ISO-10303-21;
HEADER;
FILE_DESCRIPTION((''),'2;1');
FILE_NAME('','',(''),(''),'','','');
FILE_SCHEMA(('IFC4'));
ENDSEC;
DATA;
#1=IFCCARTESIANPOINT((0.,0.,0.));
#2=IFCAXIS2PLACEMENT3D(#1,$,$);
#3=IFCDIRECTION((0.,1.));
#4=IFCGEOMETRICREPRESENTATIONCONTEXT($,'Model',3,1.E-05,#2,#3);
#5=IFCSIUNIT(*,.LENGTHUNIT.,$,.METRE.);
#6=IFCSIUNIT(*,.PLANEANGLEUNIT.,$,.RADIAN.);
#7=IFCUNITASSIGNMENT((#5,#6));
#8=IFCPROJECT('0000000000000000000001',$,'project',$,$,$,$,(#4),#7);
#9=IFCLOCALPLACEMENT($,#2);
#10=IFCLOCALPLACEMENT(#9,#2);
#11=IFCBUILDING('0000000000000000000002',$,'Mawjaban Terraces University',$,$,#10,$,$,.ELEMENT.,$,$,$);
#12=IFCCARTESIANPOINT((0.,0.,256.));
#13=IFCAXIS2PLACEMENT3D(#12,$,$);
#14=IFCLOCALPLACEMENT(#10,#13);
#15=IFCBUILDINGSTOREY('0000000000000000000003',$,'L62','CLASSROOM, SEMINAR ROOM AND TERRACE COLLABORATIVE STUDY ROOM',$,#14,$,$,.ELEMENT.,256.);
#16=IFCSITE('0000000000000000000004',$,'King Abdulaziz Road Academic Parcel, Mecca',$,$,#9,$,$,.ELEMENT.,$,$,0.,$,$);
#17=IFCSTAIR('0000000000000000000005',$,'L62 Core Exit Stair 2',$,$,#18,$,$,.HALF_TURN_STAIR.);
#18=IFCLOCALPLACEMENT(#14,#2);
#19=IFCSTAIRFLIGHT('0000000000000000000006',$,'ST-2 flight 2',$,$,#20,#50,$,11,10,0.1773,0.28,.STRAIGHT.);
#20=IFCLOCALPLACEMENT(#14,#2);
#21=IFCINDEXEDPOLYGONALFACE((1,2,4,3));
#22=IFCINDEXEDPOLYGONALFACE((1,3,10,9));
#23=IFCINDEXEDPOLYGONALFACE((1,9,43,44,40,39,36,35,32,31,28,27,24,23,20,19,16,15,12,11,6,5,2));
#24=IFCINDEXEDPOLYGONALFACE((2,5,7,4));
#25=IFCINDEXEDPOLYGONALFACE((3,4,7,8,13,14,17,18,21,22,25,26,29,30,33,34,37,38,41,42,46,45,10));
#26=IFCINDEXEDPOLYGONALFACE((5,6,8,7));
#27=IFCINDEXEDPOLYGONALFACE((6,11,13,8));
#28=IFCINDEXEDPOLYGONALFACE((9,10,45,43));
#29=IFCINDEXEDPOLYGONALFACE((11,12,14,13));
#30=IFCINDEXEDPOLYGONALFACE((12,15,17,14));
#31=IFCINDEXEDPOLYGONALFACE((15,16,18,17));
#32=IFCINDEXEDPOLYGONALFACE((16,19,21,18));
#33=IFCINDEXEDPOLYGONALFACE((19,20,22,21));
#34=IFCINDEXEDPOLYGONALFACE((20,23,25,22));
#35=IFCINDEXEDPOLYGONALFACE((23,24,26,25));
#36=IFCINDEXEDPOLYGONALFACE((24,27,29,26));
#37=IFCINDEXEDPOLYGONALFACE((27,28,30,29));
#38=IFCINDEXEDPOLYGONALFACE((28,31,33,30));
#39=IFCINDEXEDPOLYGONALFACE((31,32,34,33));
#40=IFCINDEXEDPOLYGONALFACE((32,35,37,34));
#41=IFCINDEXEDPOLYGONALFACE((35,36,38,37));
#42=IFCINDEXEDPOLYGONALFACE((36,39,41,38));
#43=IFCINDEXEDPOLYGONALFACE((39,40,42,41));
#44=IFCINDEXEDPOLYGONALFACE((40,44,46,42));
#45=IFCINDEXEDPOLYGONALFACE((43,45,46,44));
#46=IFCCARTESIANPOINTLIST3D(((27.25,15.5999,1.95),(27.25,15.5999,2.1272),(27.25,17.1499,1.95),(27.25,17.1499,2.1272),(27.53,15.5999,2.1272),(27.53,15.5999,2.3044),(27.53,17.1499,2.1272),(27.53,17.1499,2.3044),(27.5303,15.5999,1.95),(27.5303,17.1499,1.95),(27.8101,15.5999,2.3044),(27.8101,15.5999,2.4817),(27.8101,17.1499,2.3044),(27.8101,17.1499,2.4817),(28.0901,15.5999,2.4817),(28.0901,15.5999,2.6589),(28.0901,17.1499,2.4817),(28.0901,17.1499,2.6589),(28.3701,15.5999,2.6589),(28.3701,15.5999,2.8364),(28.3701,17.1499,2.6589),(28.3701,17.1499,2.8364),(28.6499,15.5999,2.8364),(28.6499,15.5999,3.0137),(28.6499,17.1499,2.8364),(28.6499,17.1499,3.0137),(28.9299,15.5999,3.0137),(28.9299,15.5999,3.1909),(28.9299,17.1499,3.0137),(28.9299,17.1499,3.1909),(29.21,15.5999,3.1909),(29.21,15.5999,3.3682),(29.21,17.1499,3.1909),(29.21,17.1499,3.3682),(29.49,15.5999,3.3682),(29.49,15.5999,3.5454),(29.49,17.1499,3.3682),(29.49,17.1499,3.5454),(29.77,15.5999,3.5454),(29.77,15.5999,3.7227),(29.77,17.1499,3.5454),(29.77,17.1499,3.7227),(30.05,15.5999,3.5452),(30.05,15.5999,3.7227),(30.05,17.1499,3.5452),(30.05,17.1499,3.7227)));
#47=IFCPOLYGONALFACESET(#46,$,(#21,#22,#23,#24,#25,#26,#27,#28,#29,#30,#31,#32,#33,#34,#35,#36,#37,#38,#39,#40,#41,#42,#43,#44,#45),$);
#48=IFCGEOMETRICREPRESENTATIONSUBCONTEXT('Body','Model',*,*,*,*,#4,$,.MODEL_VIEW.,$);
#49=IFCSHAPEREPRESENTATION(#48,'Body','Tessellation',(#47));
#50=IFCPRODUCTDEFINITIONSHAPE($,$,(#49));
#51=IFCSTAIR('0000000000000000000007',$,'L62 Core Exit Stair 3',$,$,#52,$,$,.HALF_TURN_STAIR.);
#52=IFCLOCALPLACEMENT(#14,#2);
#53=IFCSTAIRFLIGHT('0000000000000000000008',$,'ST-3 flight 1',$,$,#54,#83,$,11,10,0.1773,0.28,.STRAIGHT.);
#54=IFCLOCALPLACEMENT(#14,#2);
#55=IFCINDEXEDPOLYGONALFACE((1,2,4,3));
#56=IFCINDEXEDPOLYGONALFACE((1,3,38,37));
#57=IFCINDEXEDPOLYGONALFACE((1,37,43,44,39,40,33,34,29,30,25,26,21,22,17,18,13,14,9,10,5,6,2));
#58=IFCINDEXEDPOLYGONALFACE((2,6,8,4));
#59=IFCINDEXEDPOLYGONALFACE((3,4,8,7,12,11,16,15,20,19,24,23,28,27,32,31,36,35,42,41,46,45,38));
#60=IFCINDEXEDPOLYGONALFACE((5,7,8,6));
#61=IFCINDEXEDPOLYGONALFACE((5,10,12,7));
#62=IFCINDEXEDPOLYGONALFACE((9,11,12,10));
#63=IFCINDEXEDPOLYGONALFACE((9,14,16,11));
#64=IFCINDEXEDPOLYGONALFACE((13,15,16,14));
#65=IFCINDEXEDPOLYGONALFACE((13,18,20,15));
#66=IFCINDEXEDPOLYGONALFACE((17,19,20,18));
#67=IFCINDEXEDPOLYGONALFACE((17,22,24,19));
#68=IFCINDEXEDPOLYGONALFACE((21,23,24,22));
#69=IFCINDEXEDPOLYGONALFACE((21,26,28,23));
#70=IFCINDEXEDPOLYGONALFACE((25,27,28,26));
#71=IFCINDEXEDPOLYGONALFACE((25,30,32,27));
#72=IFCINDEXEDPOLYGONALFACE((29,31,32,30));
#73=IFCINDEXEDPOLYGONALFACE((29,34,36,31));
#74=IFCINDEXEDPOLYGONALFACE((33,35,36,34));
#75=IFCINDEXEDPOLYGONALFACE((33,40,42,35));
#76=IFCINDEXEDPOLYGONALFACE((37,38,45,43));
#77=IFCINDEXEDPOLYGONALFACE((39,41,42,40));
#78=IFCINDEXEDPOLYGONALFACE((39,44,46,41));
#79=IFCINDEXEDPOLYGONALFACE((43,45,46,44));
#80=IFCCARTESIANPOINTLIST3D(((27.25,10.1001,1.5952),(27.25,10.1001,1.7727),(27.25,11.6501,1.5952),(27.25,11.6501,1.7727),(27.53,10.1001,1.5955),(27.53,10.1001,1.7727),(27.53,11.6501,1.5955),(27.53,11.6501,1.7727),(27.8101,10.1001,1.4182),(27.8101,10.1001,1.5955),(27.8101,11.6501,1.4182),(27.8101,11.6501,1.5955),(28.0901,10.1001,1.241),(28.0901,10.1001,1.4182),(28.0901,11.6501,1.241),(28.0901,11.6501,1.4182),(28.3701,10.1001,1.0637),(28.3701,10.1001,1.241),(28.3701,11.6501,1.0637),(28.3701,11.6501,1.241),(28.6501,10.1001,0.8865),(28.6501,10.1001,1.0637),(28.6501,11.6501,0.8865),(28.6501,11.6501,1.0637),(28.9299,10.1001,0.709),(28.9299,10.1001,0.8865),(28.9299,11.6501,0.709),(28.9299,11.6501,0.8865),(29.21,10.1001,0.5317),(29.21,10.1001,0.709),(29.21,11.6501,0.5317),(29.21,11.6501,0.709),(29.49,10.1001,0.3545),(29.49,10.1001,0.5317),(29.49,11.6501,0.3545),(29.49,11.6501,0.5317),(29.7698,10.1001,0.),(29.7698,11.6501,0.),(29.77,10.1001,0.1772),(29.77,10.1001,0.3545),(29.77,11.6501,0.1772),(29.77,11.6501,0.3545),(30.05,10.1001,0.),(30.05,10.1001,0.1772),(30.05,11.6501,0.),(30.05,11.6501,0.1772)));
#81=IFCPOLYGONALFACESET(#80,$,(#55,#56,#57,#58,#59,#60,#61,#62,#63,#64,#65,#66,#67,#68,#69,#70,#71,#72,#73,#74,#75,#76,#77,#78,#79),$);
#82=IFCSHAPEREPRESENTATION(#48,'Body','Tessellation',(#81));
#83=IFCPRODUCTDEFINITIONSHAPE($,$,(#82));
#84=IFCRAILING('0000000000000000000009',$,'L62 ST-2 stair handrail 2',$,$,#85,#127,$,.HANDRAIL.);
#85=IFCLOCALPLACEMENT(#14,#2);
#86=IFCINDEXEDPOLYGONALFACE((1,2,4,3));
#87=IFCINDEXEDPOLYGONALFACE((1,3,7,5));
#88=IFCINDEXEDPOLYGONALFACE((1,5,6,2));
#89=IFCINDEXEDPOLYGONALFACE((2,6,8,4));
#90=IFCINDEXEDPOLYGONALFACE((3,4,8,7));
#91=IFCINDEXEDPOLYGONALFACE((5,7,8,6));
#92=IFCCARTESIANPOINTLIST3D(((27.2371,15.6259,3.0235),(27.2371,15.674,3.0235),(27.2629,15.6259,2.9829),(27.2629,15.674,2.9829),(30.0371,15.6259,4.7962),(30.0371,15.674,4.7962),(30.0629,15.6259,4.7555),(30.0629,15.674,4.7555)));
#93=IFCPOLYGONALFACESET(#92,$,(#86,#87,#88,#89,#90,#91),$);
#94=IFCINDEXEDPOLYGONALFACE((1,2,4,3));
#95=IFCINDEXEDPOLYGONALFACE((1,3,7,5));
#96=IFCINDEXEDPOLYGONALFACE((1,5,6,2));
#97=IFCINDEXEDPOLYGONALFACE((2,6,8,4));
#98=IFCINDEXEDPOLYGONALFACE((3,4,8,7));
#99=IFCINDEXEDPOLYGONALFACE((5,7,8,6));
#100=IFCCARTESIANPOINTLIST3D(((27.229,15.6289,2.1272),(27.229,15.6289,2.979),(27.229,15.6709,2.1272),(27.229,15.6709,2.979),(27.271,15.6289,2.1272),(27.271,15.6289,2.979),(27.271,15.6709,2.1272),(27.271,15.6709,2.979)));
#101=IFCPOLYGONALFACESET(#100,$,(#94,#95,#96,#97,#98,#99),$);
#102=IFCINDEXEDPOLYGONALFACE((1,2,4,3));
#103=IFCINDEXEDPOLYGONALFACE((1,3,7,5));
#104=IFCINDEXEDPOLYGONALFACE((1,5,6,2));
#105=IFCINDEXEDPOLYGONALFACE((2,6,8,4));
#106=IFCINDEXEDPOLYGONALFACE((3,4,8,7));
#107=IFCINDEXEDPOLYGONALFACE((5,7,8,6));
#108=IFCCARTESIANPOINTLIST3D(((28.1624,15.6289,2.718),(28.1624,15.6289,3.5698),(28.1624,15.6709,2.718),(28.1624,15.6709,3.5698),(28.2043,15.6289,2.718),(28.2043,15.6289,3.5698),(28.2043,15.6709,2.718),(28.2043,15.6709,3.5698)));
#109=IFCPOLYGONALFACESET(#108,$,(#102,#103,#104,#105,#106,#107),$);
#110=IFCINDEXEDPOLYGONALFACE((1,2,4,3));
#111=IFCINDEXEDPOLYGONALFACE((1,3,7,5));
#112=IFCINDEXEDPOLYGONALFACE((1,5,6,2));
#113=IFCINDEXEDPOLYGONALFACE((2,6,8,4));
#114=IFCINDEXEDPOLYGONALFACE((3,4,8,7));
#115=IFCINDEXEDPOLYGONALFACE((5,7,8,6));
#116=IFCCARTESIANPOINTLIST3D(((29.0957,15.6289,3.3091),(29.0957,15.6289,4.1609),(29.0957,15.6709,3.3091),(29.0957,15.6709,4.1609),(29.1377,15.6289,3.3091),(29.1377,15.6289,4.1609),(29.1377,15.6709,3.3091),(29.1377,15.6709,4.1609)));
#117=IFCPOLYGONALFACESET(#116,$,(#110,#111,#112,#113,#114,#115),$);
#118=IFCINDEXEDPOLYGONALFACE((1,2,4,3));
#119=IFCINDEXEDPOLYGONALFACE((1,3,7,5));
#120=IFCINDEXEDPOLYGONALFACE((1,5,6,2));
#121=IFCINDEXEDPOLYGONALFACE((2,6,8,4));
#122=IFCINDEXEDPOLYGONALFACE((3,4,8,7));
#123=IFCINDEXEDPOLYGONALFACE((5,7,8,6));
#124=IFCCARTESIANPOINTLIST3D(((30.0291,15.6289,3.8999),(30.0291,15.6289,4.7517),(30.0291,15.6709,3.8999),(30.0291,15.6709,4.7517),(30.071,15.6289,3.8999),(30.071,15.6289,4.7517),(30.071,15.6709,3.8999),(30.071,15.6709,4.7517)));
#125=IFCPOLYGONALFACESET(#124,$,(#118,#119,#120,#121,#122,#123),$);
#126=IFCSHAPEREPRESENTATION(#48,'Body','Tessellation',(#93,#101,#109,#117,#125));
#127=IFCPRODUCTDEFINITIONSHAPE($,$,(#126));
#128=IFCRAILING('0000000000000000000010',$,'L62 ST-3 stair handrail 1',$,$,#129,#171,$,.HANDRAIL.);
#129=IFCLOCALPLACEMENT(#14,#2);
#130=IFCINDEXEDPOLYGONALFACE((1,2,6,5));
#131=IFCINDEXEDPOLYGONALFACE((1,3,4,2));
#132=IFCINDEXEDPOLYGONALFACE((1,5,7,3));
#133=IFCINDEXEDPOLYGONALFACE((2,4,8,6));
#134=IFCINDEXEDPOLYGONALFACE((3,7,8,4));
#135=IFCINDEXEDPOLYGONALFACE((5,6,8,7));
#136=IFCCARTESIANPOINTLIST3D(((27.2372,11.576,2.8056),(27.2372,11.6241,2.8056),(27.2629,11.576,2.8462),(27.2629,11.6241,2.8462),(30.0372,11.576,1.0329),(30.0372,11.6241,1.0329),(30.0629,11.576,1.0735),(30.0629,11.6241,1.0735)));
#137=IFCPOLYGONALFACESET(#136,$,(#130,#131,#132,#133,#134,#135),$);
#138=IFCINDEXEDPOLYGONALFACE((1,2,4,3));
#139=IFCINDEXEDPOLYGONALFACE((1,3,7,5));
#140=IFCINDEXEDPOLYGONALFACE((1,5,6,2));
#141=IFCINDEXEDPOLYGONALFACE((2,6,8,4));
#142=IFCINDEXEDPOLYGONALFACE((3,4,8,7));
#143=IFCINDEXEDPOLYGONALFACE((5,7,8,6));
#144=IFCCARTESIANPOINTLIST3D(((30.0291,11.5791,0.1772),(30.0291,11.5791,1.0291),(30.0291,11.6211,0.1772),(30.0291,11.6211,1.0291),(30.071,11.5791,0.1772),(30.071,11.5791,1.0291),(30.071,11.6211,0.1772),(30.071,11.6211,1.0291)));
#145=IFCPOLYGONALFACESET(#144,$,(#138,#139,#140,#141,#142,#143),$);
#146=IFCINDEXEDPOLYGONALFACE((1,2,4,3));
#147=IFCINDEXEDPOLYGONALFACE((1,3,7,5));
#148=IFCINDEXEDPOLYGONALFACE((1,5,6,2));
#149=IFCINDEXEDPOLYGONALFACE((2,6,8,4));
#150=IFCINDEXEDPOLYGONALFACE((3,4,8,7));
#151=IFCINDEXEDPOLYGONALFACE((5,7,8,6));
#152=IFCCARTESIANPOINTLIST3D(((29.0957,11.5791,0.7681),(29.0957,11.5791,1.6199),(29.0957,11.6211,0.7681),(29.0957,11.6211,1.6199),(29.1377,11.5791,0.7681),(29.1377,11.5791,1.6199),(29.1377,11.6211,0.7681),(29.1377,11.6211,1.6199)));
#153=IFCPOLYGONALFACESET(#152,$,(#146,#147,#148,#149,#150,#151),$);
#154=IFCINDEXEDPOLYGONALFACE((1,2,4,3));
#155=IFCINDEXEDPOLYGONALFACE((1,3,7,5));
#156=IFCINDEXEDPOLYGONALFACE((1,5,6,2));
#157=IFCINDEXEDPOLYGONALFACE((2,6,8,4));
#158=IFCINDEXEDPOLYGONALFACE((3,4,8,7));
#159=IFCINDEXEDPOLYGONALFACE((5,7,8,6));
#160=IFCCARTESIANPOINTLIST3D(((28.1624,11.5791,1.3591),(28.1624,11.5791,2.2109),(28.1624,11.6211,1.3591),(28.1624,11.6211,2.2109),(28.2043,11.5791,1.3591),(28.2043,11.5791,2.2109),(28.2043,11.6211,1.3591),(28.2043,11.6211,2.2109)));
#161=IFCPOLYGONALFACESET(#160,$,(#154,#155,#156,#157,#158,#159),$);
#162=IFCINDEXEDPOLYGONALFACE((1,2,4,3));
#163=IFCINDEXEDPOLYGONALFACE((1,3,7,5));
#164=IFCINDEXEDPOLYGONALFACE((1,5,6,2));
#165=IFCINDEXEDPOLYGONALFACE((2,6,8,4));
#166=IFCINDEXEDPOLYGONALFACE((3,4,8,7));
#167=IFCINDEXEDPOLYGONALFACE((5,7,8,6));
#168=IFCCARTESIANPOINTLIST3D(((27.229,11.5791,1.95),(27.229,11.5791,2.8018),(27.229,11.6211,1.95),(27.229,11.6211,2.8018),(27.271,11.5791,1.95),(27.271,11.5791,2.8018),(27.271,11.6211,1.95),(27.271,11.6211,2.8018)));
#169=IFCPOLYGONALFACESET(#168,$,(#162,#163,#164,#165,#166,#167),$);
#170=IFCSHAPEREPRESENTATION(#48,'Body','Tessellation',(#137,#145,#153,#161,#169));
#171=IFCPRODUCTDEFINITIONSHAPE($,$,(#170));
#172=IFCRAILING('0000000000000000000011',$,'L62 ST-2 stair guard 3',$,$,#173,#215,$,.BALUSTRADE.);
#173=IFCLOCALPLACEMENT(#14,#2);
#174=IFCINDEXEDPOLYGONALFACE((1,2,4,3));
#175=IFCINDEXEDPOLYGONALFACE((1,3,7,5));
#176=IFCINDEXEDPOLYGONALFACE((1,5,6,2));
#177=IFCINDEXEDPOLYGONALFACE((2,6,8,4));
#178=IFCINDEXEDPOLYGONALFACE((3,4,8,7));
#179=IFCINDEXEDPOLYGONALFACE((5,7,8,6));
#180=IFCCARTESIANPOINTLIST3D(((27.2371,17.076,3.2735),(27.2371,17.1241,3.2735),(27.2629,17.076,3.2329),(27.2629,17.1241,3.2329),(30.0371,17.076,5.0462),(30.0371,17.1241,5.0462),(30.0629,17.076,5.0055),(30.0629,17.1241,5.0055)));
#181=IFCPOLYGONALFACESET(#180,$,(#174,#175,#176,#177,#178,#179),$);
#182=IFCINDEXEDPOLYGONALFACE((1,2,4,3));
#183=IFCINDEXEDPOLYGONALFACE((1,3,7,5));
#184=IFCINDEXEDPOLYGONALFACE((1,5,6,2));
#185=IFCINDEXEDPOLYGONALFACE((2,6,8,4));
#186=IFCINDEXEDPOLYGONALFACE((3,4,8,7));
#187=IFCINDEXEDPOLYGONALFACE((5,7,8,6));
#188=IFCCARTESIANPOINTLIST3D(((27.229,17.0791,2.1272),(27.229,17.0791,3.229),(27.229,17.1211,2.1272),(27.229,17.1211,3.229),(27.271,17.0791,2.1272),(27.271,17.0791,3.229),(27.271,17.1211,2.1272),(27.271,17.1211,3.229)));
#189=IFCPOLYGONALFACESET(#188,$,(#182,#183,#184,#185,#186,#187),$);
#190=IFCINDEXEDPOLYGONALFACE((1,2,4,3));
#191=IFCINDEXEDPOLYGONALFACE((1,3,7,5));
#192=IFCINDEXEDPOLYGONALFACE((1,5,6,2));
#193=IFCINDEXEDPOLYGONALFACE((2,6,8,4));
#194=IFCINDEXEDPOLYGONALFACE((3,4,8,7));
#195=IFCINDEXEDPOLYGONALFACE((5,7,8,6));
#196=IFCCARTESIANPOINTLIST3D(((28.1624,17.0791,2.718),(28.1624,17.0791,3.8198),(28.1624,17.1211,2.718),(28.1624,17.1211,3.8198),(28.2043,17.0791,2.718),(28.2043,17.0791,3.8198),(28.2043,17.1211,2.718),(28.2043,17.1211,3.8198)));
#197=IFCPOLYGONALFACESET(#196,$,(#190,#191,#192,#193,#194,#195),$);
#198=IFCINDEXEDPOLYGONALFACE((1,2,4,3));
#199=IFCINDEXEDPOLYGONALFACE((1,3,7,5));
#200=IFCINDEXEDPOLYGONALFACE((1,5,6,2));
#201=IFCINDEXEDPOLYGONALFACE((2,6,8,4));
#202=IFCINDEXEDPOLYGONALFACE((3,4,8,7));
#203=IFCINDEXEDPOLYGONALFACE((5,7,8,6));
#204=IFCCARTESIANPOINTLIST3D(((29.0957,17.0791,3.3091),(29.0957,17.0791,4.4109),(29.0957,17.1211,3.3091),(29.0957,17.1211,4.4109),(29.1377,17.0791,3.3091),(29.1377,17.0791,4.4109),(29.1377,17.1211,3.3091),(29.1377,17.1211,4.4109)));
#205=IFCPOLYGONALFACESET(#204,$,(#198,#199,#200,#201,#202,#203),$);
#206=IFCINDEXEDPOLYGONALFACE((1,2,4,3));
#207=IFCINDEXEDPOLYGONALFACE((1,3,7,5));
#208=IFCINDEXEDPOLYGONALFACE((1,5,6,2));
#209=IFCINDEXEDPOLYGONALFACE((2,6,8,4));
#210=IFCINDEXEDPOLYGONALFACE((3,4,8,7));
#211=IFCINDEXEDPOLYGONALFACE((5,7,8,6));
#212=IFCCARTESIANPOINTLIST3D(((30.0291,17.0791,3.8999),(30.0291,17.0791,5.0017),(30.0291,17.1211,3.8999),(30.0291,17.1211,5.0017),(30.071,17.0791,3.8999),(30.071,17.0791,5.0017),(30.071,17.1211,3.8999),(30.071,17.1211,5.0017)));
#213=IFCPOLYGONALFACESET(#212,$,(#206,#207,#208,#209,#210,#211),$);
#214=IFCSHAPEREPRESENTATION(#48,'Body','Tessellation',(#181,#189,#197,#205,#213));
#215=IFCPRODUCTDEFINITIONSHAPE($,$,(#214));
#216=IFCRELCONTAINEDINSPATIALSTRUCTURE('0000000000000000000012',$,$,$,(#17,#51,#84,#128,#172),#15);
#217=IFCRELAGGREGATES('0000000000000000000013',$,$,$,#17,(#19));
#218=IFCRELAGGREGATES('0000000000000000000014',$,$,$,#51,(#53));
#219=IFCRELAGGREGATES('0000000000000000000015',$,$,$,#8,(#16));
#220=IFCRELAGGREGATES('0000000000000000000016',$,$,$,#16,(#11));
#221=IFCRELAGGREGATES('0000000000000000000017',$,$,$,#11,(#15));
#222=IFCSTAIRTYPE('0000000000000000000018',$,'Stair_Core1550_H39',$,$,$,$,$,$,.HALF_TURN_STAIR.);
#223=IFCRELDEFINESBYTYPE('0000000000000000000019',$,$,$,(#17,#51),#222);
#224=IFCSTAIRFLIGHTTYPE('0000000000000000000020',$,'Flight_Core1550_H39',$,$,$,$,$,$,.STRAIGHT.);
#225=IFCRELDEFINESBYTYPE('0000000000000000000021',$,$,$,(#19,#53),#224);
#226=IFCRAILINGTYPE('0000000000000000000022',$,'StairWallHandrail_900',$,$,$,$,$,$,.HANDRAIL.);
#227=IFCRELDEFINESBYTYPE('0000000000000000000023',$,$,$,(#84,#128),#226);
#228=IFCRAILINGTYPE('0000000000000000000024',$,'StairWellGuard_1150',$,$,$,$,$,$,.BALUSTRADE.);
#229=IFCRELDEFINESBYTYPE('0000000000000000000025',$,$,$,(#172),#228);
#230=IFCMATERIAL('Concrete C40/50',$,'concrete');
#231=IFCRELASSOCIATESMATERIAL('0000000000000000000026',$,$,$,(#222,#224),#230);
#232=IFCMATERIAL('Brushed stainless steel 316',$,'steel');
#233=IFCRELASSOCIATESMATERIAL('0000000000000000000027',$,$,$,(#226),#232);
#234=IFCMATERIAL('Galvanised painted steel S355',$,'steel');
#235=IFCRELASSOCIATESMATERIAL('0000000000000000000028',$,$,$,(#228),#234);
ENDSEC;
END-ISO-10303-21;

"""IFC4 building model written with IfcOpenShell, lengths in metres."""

from ifc_helpers import new_model, si_unit, direction, frame, origin, origin_2d, place, context, subcontext, project, spatial, polyline, rectangle, outline, extrude, material, type_object, element, aggregate, save


model = new_model("IFC4")

# Units and contexts
model_context = context("Model", 3, precision=1e-05, world=origin(), true_north=direction((0.0, 1.0)))
body_context = subcontext(model_context, "Body", "Model", "MODEL_VIEW")
ifc_project = project(units=[si_unit("LENGTHUNIT", "METRE"), si_unit("PLANEANGLEUNIT", "RADIAN")], contexts=[model_context])

# Site, building, storey
site_placement = place(None, origin())
site = spatial("IfcSite", under=ifc_project, at=site_placement, Name="King Abdulaziz Road Academic Parcel, Mecca", CompositionType="ELEMENT", RefElevation=0.0)
building_placement = place(site_placement, origin())
building = spatial("IfcBuilding", under=site, at=building_placement, Name="Mawjaban Terraces University", CompositionType="ELEMENT")
storey_placement = place(building_placement, frame((0.0, 0.0, 256.0)))
storey = spatial("IfcBuildingStorey", under=building, at=storey_placement, Name="L62", Description="CLASSROOM, SEMINAR ROOM AND TERRACE COLLABORATIVE STUDY ROOM", CompositionType="ELEMENT", Elevation=256.0)

# Shared definitions
ifc_material_1 = material(Name="Concrete C40/50", Category="concrete")

# Stairs, stair flights
stair_type = type_object("IfcStairType", Name="Stair_Core1550_H39", PredefinedType="HALF_TURN_STAIR", material=ifc_material_1)
stair_1_placement = place(storey_placement, origin())
stair_1 = element("IfcStair", 1, at=stair_1_placement, inside=storey, type_object=stair_type, Name="L62 Core Exit Stair 2", PredefinedType="HALF_TURN_STAIR")
stair_flight_type = type_object("IfcStairFlightType", Name="Flight_Core1550_H39", PredefinedType="STRAIGHT", material=ifc_material_1)
stair_flight_1_placement = place(storey_placement, frame((27.25, 16.375, 1.95), z_axis=(0.0, 0.0, 1.0), x_axis=(1.0, 0.0, 0.0)))
stair_flight_1 = element("IfcStairFlight", 2, at=stair_flight_1_placement, type_object=stair_flight_type, Name="ST-2 flight 2", NumberOfRisers=11, NumberOfTreads=10, PredefinedType="STRAIGHT", RiserHeight=0.1773, TreadLength=0.28, context=body_context, shape_type="SweptSolid", body=[
    extrude(outline(polyline([(0.0, 0.0), (0.0, 0.1772), (0.28, 0.1772), (0.28, 0.3545), (0.5601, 0.3545), (0.5601, 0.5317), (0.8401, 0.5317), (0.8401, 0.709), (1.1201, 0.709), (1.1201, 0.8865), (1.3999, 0.8865), (1.3999, 1.0637), (1.6799, 1.0637), (1.6799, 1.241), (1.96, 1.241), (1.96, 1.4182), (2.24, 1.4182), (2.24, 1.5955), (2.52, 1.5955), (2.52, 1.7727), (2.8, 1.7727), (2.8, 1.95), (2.8, 1.5952), (0.2803, 0.0), (0.0, 0.0)])), frame((0.0, 0.7749, 0.0), z_axis=(0.0, -1.0, 0.0), x_axis=(1.0, 0.0, 0.0)), (0.0, 0.0, 1.0), 1.55),
])
aggregate(stair_1, [stair_flight_1])
stair_2_placement = place(storey_placement, origin())
stair_2 = element("IfcStair", 3, at=stair_2_placement, inside=storey, type_object=stair_type, Name="L62 Core Exit Stair 3", PredefinedType="HALF_TURN_STAIR")
stair_flight_2_placement = place(storey_placement, frame((30.05, 10.875, 0.0), z_axis=(0.0, 0.0, 1.0), x_axis=(-1.0, 0.0, 0.0)))
stair_flight_2 = element("IfcStairFlight", 4, at=stair_flight_2_placement, type_object=stair_flight_type, Name="ST-3 flight 1", NumberOfRisers=11, NumberOfTreads=10, PredefinedType="STRAIGHT", RiserHeight=0.1773, TreadLength=0.28, context=body_context, shape_type="SweptSolid", body=[
    extrude(outline(polyline([(0.0, 0.0), (0.0, 0.1772), (0.28, 0.1772), (0.28, 0.3545), (0.5601, 0.3545), (0.5601, 0.5317), (0.8401, 0.5317), (0.8401, 0.709), (1.1201, 0.709), (1.1201, 0.8865), (1.3999, 0.8865), (1.3999, 1.0637), (1.6799, 1.0637), (1.6799, 1.241), (1.96, 1.241), (1.96, 1.4182), (2.24, 1.4182), (2.24, 1.5955), (2.52, 1.5955), (2.52, 1.7727), (2.8, 1.7727), (2.8, 1.95), (2.8, 1.5952), (0.2803, 0.0), (0.0, 0.0)])), frame((0.0, 0.7749, 0.0), z_axis=(0.0, -1.0, 0.0), x_axis=(1.0, 0.0, 0.0)), (0.0, 0.0, 1.0), 1.55),
])
aggregate(stair_2, [stair_flight_2])

# Railings
ifc_material_2 = material(Name="Brushed stainless steel 316", Category="steel")
railing_type_1 = type_object("IfcRailingType", Name="StairWallHandrail_900", PredefinedType="HANDRAIL", material=ifc_material_2)
railing_1_placement = place(storey_placement, frame((27.25, 15.6499, 2.1272)))
element("IfcRailing", 5, at=railing_1_placement, inside=storey, type_object=railing_type_1, Name="L62 ST-2 stair handrail 2", PredefinedType="HANDRAIL", context=body_context, shape_type="SweptSolid", body=[
    extrude(rectangle(XDim=0.0481, YDim=0.0481, at=origin_2d()), frame((0.0, 0.0, 0.876), z_axis=(0.844909, 0.0, 0.53491), x_axis=(0.0, 1.0, 0.0)), (0.0, 0.0, 1.0), 3.314),
    extrude(rectangle(XDim=0.042, YDim=0.042, at=origin_2d()), origin(), (0.0, 0.0, 1.0), 0.8518),
    extrude(rectangle(XDim=0.042, YDim=0.042, at=origin_2d()), frame((0.9333, 0.0, 0.5908)), (0.0, 0.0, 1.0), 0.8518),
    extrude(rectangle(XDim=0.042, YDim=0.042, at=origin_2d()), frame((1.8667, 0.0, 1.1819)), (0.0, 0.0, 1.0), 0.8518),
    extrude(rectangle(XDim=0.042, YDim=0.042, at=origin_2d()), frame((2.8, 0.0, 1.7727)), (0.0, 0.0, 1.0), 0.8518),
])
railing_2_placement = place(storey_placement, frame((30.05, 11.6001, 0.1772)))
element("IfcRailing", 6, at=railing_2_placement, inside=storey, type_object=railing_type_1, Name="L62 ST-3 stair handrail 1", PredefinedType="HANDRAIL", context=body_context, shape_type="SweptSolid", body=[
    extrude(rectangle(XDim=0.0481, YDim=0.0481, at=origin_2d()), frame((0.0, 0.0, 0.876), z_axis=(-0.844909, 0.0, 0.53491), x_axis=(0.0, -1.0, 0.0)), (0.0, 0.0, 1.0), 3.314),
    extrude(rectangle(XDim=0.042, YDim=0.042, at=origin_2d()), origin(), (0.0, 0.0, 1.0), 0.8518),
    extrude(rectangle(XDim=0.042, YDim=0.042, at=origin_2d()), frame((-0.9333, 0.0, 0.5908)), (0.0, 0.0, 1.0), 0.8518),
    extrude(rectangle(XDim=0.042, YDim=0.042, at=origin_2d()), frame((-1.8667, 0.0, 1.1819)), (0.0, 0.0, 1.0), 0.8518),
    extrude(rectangle(XDim=0.042, YDim=0.042, at=origin_2d()), frame((-2.8, 0.0, 1.7727)), (0.0, 0.0, 1.0), 0.8518),
])
ifc_material_3 = material(Name="Galvanised painted steel S355", Category="steel")
railing_type_2 = type_object("IfcRailingType", Name="StairWellGuard_1150", PredefinedType="BALUSTRADE", material=ifc_material_3)
railing_3_placement = place(storey_placement, frame((27.25, 17.1001, 2.1272)))
element("IfcRailing", 7, at=railing_3_placement, inside=storey, type_object=railing_type_2, Name="L62 ST-2 stair guard 3", PredefinedType="BALUSTRADE", context=body_context, shape_type="SweptSolid", body=[
    extrude(rectangle(XDim=0.0481, YDim=0.0481, at=origin_2d()), frame((0.0, 0.0, 1.126), z_axis=(0.844909, 0.0, 0.53491), x_axis=(0.0, 1.0, 0.0)), (0.0, 0.0, 1.0), 3.314),
    extrude(rectangle(XDim=0.042, YDim=0.042, at=origin_2d()), origin(), (0.0, 0.0, 1.0), 1.1018),
    extrude(rectangle(XDim=0.042, YDim=0.042, at=origin_2d()), frame((0.9333, 0.0, 0.5908)), (0.0, 0.0, 1.0), 1.1018),
    extrude(rectangle(XDim=0.042, YDim=0.042, at=origin_2d()), frame((1.8667, 0.0, 1.1819)), (0.0, 0.0, 1.0), 1.1018),
    extrude(rectangle(XDim=0.042, YDim=0.042, at=origin_2d()), frame((2.8, 0.0, 1.7727)), (0.0, 0.0, 1.0), 1.1018),
])

save(model, "model.ifc")
